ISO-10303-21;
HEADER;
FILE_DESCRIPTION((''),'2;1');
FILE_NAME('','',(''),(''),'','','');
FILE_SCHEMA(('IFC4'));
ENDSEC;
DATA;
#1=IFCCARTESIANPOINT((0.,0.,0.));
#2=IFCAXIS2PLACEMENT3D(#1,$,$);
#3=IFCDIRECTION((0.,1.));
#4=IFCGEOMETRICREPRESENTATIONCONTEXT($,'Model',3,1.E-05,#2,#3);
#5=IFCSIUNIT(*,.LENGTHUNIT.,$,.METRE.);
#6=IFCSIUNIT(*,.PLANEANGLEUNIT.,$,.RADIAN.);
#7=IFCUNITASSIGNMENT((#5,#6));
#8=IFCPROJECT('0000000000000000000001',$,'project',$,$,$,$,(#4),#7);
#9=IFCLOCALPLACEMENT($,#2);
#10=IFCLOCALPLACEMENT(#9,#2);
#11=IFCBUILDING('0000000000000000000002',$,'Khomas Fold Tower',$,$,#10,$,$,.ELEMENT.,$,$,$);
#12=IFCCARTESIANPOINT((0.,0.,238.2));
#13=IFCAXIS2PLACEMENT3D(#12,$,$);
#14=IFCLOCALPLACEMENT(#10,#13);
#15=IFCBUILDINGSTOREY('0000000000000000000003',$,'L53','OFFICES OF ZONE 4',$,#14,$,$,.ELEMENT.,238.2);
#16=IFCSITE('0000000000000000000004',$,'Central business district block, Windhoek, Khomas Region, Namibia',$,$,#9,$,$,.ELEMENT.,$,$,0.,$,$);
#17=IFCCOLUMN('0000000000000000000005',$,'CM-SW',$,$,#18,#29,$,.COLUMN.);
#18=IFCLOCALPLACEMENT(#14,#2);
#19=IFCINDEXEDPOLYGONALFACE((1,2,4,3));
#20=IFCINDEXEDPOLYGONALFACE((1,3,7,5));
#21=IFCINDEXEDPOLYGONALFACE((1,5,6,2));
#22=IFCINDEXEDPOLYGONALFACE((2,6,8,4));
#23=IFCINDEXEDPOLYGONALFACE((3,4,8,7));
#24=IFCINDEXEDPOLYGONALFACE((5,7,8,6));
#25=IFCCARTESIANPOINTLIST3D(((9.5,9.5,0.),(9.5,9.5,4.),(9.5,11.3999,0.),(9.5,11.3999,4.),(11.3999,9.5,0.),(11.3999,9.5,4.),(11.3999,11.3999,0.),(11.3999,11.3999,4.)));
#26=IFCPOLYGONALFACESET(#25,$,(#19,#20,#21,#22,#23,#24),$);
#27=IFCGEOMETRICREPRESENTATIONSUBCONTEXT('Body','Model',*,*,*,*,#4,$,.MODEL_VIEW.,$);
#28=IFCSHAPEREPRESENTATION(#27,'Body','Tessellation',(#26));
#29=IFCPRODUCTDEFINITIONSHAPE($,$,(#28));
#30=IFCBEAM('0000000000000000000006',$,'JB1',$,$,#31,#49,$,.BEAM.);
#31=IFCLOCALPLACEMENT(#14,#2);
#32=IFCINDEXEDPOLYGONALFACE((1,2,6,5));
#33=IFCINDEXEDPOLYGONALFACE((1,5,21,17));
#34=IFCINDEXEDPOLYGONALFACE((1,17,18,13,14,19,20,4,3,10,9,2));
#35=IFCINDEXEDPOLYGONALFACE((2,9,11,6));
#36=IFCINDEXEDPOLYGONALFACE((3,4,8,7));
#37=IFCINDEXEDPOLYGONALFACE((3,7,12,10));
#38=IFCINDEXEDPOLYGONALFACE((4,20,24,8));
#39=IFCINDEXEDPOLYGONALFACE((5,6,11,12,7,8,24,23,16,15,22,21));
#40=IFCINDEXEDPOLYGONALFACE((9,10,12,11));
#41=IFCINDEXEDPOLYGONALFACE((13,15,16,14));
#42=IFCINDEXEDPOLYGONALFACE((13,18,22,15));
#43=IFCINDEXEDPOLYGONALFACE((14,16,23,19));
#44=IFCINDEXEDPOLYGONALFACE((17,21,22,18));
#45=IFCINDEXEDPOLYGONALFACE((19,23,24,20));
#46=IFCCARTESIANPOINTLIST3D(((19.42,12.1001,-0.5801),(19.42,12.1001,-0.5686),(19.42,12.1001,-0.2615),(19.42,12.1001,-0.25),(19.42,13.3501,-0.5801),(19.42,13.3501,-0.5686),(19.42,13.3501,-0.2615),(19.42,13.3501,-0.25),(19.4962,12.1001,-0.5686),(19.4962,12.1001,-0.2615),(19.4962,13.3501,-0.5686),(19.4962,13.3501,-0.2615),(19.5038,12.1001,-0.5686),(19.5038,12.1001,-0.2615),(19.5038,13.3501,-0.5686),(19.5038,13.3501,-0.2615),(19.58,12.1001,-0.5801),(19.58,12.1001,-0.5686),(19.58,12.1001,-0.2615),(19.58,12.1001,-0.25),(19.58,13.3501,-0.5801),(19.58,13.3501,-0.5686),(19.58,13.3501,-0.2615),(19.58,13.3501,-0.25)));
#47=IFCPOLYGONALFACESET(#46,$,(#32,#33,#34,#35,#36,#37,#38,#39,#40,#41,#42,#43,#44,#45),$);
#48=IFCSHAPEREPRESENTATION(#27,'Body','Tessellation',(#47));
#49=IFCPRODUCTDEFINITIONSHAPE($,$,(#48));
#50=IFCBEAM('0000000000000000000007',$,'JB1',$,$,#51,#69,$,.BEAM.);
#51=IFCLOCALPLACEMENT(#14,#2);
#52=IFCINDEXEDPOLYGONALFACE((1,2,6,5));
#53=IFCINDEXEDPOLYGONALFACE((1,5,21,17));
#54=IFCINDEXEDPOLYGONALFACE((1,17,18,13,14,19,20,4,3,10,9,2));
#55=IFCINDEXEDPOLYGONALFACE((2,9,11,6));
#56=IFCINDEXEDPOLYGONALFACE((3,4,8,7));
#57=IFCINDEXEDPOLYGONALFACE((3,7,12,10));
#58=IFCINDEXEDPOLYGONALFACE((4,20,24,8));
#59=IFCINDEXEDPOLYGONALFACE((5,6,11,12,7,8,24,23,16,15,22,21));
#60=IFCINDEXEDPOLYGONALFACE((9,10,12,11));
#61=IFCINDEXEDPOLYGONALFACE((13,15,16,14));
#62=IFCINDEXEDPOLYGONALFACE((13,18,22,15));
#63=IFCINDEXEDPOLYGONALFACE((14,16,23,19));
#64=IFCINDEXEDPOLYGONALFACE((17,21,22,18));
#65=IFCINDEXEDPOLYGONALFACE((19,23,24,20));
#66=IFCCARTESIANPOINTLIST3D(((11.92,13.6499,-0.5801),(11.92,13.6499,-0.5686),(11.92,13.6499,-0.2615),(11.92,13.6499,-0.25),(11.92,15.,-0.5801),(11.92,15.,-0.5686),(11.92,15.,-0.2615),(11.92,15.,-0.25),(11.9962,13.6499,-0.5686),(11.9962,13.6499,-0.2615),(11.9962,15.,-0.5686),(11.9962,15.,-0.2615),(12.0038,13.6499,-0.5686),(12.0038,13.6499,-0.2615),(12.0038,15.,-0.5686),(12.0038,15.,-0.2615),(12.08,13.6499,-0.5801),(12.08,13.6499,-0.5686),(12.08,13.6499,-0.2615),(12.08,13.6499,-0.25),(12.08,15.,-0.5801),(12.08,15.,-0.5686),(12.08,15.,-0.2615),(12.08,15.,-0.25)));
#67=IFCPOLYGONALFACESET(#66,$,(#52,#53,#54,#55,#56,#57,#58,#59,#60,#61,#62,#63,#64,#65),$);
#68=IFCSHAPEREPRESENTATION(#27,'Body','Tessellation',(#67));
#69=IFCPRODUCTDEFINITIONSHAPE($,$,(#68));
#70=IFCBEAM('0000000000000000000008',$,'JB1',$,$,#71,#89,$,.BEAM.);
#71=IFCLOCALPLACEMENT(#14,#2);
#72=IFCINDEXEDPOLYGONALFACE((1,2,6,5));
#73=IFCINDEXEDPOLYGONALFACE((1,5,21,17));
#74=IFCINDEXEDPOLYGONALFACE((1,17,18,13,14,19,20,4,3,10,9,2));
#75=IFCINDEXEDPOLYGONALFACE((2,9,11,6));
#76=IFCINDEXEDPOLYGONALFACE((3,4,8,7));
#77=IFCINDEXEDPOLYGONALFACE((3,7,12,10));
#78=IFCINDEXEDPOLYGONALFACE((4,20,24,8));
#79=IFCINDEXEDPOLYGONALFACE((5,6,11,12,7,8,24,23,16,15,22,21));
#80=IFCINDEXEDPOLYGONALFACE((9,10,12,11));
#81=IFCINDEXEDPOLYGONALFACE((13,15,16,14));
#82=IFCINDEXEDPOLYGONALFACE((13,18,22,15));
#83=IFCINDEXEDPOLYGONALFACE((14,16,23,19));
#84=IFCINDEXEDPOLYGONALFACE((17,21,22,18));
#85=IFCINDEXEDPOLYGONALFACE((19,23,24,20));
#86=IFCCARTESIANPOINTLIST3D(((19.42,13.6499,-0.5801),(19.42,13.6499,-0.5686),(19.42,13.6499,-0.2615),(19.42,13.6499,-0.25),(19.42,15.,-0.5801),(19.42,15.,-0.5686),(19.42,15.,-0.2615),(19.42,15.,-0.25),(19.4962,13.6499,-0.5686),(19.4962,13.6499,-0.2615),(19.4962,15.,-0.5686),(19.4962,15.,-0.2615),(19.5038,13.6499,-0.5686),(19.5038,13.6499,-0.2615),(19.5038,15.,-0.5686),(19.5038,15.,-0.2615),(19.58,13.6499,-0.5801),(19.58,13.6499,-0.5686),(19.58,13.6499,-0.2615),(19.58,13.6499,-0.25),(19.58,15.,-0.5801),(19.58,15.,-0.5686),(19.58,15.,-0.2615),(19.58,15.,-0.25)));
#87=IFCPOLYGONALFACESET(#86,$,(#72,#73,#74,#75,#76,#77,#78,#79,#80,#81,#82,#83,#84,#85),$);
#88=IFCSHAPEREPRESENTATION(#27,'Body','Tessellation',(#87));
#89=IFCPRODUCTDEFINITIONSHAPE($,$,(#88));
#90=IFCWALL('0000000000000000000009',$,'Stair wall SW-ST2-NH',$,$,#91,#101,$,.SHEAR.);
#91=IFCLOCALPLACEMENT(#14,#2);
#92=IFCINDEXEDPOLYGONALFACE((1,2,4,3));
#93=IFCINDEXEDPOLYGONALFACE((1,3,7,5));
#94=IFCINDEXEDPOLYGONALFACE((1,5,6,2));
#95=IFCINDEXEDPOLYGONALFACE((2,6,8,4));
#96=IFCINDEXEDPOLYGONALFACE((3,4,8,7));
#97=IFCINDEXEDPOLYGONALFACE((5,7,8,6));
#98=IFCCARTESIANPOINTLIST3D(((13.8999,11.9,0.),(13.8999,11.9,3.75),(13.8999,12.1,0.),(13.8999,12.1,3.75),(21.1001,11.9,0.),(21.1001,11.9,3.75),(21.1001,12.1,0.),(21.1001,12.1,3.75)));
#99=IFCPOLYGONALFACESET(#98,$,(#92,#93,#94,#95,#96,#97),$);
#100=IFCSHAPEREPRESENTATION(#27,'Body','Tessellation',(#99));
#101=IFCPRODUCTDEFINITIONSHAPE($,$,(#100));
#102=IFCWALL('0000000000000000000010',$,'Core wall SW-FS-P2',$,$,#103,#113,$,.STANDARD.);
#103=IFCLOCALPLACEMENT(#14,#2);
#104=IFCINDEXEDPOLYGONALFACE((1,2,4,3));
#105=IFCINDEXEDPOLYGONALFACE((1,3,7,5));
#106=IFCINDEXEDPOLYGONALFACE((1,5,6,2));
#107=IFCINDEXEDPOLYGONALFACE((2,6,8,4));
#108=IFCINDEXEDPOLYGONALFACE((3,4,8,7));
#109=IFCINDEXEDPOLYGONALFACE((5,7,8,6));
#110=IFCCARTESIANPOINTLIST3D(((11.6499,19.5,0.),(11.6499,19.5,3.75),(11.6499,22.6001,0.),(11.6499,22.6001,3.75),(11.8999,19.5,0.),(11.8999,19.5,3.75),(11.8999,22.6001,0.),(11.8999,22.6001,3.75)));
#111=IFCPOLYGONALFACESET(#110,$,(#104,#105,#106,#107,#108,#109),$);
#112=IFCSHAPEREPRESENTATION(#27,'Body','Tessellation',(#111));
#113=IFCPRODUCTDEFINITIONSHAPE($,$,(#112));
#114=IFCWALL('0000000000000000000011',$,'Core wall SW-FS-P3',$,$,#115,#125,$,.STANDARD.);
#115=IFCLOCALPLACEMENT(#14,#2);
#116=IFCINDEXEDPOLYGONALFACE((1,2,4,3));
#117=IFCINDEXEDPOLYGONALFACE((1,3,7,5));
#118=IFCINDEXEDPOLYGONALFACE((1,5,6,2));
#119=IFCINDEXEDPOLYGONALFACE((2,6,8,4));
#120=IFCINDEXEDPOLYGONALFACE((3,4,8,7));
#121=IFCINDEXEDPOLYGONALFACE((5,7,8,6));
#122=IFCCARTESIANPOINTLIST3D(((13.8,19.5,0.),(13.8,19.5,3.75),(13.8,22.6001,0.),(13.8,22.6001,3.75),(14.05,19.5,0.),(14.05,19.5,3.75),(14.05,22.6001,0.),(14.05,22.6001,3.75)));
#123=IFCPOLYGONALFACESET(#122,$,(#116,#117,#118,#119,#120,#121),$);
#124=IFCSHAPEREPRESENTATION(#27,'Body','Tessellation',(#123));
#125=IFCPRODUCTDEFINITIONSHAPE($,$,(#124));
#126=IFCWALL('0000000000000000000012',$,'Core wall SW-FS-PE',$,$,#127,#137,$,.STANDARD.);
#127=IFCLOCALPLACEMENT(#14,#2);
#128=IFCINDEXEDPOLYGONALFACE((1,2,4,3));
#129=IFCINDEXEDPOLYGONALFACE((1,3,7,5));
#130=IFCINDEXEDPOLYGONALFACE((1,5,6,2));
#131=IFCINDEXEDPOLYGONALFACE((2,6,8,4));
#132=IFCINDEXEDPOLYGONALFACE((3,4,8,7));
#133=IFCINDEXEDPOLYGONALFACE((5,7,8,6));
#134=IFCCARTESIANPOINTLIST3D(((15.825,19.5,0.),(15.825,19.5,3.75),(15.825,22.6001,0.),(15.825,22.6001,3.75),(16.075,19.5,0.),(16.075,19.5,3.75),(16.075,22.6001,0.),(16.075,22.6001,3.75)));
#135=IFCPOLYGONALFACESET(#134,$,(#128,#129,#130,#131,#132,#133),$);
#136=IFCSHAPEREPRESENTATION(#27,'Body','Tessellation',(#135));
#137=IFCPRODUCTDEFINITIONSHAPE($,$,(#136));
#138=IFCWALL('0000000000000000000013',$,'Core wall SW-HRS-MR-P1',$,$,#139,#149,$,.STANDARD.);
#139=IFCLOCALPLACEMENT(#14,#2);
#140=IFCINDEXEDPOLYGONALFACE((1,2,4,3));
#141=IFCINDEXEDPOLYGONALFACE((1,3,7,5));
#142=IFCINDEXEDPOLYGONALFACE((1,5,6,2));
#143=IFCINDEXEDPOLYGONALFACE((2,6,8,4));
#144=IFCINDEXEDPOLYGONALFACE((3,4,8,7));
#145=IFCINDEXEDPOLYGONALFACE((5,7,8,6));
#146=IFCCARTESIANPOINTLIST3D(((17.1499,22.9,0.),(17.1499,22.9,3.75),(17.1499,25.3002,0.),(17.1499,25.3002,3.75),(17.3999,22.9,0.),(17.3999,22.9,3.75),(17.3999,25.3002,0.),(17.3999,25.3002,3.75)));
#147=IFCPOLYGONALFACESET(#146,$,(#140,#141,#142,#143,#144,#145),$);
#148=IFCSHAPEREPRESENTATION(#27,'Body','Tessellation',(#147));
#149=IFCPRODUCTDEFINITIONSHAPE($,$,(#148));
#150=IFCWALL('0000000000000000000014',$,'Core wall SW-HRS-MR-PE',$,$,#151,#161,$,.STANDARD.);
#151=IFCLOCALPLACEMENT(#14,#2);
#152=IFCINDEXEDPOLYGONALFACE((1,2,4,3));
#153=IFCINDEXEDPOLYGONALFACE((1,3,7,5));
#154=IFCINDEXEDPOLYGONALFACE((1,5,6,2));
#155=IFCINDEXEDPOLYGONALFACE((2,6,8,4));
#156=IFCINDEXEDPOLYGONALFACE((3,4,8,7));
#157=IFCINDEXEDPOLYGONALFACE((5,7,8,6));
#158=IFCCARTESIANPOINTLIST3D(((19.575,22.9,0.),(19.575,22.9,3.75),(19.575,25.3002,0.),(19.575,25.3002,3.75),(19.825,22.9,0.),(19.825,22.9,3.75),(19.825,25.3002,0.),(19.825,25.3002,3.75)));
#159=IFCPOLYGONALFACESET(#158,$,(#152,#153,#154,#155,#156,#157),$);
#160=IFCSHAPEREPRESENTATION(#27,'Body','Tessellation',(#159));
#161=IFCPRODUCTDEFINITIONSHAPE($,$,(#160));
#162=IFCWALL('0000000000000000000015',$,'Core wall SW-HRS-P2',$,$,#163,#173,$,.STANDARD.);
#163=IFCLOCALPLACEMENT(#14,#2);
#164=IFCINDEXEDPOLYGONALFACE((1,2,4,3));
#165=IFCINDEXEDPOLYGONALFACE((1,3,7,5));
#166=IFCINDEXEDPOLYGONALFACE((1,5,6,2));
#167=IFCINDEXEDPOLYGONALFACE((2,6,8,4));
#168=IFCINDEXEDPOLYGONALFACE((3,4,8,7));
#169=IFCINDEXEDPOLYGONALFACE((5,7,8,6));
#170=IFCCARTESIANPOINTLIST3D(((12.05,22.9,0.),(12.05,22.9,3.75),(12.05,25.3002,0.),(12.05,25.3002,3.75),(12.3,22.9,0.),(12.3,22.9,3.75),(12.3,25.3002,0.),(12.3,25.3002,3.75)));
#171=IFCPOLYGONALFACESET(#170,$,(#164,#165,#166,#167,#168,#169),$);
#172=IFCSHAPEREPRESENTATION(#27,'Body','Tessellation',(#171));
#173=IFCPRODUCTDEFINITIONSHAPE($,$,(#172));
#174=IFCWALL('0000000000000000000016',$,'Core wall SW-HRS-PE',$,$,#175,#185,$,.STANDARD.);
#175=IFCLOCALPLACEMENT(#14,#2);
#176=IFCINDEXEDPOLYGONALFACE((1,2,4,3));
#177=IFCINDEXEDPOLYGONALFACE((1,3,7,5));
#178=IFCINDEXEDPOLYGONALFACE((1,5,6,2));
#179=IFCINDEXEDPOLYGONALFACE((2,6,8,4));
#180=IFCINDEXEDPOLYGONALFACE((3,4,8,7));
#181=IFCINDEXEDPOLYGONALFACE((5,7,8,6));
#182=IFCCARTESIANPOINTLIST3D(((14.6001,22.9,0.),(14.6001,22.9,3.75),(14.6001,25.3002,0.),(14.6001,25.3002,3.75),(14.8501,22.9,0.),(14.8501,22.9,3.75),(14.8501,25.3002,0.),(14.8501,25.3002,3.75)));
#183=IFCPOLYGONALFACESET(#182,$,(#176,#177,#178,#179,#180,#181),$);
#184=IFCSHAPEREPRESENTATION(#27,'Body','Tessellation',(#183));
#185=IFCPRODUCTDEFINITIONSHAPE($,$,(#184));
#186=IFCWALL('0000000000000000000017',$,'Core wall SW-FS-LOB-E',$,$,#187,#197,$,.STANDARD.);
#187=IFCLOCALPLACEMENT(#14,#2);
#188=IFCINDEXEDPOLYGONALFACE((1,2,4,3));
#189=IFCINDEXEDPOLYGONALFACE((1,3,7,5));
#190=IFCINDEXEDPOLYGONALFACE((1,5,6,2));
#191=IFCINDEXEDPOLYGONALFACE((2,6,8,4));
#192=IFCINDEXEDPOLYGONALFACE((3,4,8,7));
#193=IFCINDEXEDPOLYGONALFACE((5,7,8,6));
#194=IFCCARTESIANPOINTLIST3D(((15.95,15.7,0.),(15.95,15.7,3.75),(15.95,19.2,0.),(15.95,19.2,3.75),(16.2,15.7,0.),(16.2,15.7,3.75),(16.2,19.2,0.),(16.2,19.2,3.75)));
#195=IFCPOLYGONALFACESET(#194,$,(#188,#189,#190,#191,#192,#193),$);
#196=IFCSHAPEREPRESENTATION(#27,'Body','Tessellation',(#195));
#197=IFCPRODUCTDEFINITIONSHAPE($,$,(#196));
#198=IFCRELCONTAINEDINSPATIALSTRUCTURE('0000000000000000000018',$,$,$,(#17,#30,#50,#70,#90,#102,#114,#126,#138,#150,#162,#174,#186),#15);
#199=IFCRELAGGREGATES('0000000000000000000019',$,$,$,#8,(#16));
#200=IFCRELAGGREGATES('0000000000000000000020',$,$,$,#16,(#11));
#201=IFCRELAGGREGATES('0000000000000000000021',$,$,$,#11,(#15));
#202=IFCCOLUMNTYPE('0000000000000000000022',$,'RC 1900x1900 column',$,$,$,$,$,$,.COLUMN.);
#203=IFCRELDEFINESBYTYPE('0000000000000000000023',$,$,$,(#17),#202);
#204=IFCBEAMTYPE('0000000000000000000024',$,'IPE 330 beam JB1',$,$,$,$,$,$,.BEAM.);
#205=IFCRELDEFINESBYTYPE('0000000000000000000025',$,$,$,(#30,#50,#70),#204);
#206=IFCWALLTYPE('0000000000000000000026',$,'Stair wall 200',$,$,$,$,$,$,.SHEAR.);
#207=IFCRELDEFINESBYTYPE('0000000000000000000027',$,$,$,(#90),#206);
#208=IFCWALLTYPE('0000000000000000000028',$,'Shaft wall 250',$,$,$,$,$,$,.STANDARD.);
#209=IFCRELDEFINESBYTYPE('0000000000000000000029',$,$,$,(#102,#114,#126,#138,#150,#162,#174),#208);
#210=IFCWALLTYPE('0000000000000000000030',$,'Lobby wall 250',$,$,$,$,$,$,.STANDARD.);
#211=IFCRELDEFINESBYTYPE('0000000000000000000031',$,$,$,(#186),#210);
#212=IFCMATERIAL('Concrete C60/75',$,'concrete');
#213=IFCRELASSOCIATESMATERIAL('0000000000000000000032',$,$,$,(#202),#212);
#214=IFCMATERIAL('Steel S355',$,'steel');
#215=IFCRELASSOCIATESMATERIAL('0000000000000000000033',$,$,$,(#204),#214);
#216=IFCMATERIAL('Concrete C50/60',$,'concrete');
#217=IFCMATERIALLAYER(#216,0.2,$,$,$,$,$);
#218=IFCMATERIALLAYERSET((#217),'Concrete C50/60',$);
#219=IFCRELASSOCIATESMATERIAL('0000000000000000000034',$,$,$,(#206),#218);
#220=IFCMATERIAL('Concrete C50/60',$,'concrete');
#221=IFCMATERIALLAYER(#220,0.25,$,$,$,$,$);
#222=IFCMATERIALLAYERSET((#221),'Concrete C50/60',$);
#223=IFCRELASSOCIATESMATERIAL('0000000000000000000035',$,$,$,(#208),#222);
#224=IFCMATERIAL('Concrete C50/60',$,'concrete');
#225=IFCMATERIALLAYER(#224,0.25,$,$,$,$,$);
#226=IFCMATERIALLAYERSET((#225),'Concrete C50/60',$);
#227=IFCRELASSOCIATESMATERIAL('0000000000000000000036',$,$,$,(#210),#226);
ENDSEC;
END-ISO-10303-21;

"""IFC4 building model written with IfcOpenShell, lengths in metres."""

from ifc_helpers import new_model, si_unit, direction, frame, frame_2d, origin, origin_2d, place, context, subcontext, project, spatial, rectangle, i_section, extrude, source, transform, mapped, material, layer, layer_set, material_profile, profile_set, type_object, element, save


model = new_model("IFC4")

# Units and contexts
model_context = context("Model", 3, precision=1e-05, world=origin(), true_north=direction((0.0, 1.0)))
body_context = subcontext(model_context, "Body", "Model", "MODEL_VIEW")
ifc_project = project(units=[si_unit("LENGTHUNIT", "METRE"), si_unit("PLANEANGLEUNIT", "RADIAN")], contexts=[model_context])

# Site, building, storey
site_placement = place(None, origin())
site = spatial("IfcSite", under=ifc_project, at=site_placement, Name="Central business district block, Windhoek, Khomas Region, Namibia", CompositionType="ELEMENT", RefElevation=0.0)
building_placement = place(site_placement, origin())
building = spatial("IfcBuilding", under=site, at=building_placement, Name="Khomas Fold Tower", CompositionType="ELEMENT")
storey_placement = place(building_placement, frame((0.0, 0.0, 238.2)))
storey = spatial("IfcBuildingStorey", under=building, at=storey_placement, Name="L53", Description="OFFICES OF ZONE 4", CompositionType="ELEMENT", Elevation=238.2)

# Column
ifc_material_1 = material(Name="Concrete C60/75", Category="concrete")
ifc_material_profile_1 = material_profile(ifc_material_1, rectangle(XDim=1.8999, YDim=1.8999, at=origin_2d()), Name="RC 1900x1900")
ifc_profile_set_1 = profile_set([ifc_material_profile_1], Name="Concrete C60/75")
column_type = type_object("IfcColumnType", Name="RC 1900x1900 column", PredefinedType="COLUMN", material=ifc_profile_set_1)
shared_shape_1 = source(origin(), body_context, "Body", "SweptSolid", [
    extrude(rectangle(XDim=1.8999, YDim=1.8999, at=origin_2d()), origin(), (0.0, 0.0, 1.0), 4.0),
])
column_placement = place(storey_placement, frame((10.45, 10.45, 0.0), z_axis=(0.0, 0.0, 1.0), x_axis=(1.0, 0.0, 0.0)))
element("IfcColumn", 1, at=column_placement, inside=storey, type_object=column_type, Name="CM-SW", PredefinedType="COLUMN", context=body_context, shape_type="MappedRepresentation", body=[
    mapped(shared_shape_1, transform((0.0, 0.0, 0.0))),
])

# Beams
ifc_material_2 = material(Name="Steel S355", Category="steel")
ifc_material_profile_2 = material_profile(ifc_material_2, i_section(OverallWidth=0.1599, OverallDepth=0.3301, WebThickness=0.0076, FlangeThickness=0.0115, at=origin_2d()), Name="IPE 330")
ifc_profile_set_2 = profile_set([ifc_material_profile_2], Name="Steel S355")
beam_type = type_object("IfcBeamType", Name="IPE 330 beam JB1", PredefinedType="BEAM", material=ifc_profile_set_2)
shared_shape_2 = source(origin(), body_context, "Body", "SweptSolid", [
    extrude(i_section(OverallWidth=0.1599, OverallDepth=0.3301, WebThickness=0.0076, FlangeThickness=0.0115, at=origin_2d()), origin(), (0.0, 0.0, 1.0), 1.25),
])
beam_placement = place(storey_placement, frame((19.5, 12.1001, -0.415), z_axis=(0.0, 1.0, 0.0), x_axis=(-1.0, 0.0, 0.0)))
element("IfcBeam", 2, at=beam_placement, inside=storey, type_object=beam_type, Name="JB1", PredefinedType="BEAM", context=body_context, shape_type="MappedRepresentation", body=[
    mapped(shared_shape_2, transform((0.0, 0.0, 0.0))),
])
shared_shape_3 = source(origin(), body_context, "Body", "SweptSolid", [
    extrude(i_section(OverallWidth=0.1599, OverallDepth=0.3301, WebThickness=0.0076, FlangeThickness=0.0115, at=origin_2d()), origin(), (0.0, 0.0, 1.0), 1.3501),
])
for number, where, z_axis, x_axis, name in (
    (3, (12.0, 13.6499, -0.415), (0.0, 1.0, 0.0), (-1.0, 0.0, 0.0), "JB1"),
    (4, (19.5, 13.6499, -0.415), (0.0, 1.0, 0.0), (-1.0, 0.0, 0.0), "JB1"),
):
    element("IfcBeam", number, at=place(storey_placement, frame(where, z_axis=z_axis, x_axis=x_axis)), inside=storey, type_object=beam_type, Name=name, PredefinedType="BEAM", context=body_context, shape_type="MappedRepresentation", body=[
        mapped(shared_shape_3, transform((0.0, 0.0, 0.0))),
    ])

# Walls
ifc_material_3 = material(Name="Concrete C50/60", Category="concrete")
ifc_layer_1 = layer(ifc_material_3, 0.2)
ifc_layer_set_1 = layer_set([ifc_layer_1], Name="Concrete C50/60")
wall_type_1 = type_object("IfcWallType", Name="Stair wall 200", PredefinedType="SHEAR", material=ifc_layer_set_1)
shared_shape_4 = source(origin(), body_context, "Body", "SweptSolid", [
    extrude(rectangle(XDim=7.2002, YDim=0.2, at=frame_2d((3.6001, 0.0))), origin(), (0.0, 0.0, 1.0), 3.75),
])
wall_1_placement = place(storey_placement, frame((13.8999, 12.0, 0.0), z_axis=(0.0, 0.0, 1.0), x_axis=(1.0, 0.0, 0.0)))
element("IfcWall", 5, at=wall_1_placement, inside=storey, type_object=wall_type_1, Name="Stair wall SW-ST2-NH", PredefinedType="SHEAR", context=body_context, shape_type="MappedRepresentation", body=[
    mapped(shared_shape_4, transform((0.0, 0.0, 0.0))),
])
ifc_material_4 = material(Name="Concrete C50/60", Category="concrete")
ifc_layer_2 = layer(ifc_material_4, 0.25)
ifc_layer_set_2 = layer_set([ifc_layer_2], Name="Concrete C50/60")
wall_type_2 = type_object("IfcWallType", Name="Shaft wall 250", PredefinedType="STANDARD", material=ifc_layer_set_2)
shared_shape_5 = source(origin(), body_context, "Body", "SweptSolid", [
    extrude(rectangle(XDim=3.1001, YDim=0.25, at=frame_2d((1.55, 0.0))), origin(), (0.0, 0.0, 1.0), 3.75),
])
for number, where, z_axis, x_axis, name in (
    (6, (11.7749, 19.5, 0.0), (0.0, 0.0, 1.0), (0.0, 1.0, 0.0), "Core wall SW-FS-P2"),
    (7, (13.925, 19.5, 0.0), (0.0, 0.0, 1.0), (0.0, 1.0, 0.0), "Core wall SW-FS-P3"),
    (8, (15.95, 19.5, 0.0), (0.0, 0.0, 1.0), (0.0, 1.0, 0.0), "Core wall SW-FS-PE"),
):
    element("IfcWall", number, at=place(storey_placement, frame(where, z_axis=z_axis, x_axis=x_axis)), inside=storey, type_object=wall_type_2, Name=name, PredefinedType="STANDARD", context=body_context, shape_type="MappedRepresentation", body=[
        mapped(shared_shape_5, transform((0.0, 0.0, 0.0))),
    ])
shared_shape_6 = source(origin(), body_context, "Body", "SweptSolid", [
    extrude(rectangle(XDim=2.4001, YDim=0.25, at=frame_2d((1.2002, 0.0))), origin(), (0.0, 0.0, 1.0), 3.75),
])
for number, where, z_axis, x_axis, name in (
    (9, (17.2749, 22.8999, 0.0), (0.0, 0.0, 1.0), (0.0, 1.0, 0.0), "Core wall SW-HRS-MR-P1"),
    (10, (19.7, 22.8999, 0.0), (0.0, 0.0, 1.0), (0.0, 1.0, 0.0), "Core wall SW-HRS-MR-PE"),
    (11, (12.175, 22.8999, 0.0), (0.0, 0.0, 1.0), (0.0, 1.0, 0.0), "Core wall SW-HRS-P2"),
    (12, (14.7251, 22.8999, 0.0), (0.0, 0.0, 1.0), (0.0, 1.0, 0.0), "Core wall SW-HRS-PE"),
):
    element("IfcWall", number, at=place(storey_placement, frame(where, z_axis=z_axis, x_axis=x_axis)), inside=storey, type_object=wall_type_2, Name=name, PredefinedType="STANDARD", context=body_context, shape_type="MappedRepresentation", body=[
        mapped(shared_shape_6, transform((0.0, 0.0, 0.0))),
    ])
ifc_material_5 = material(Name="Concrete C50/60", Category="concrete")
ifc_layer_3 = layer(ifc_material_5, 0.25)
ifc_layer_set_3 = layer_set([ifc_layer_3], Name="Concrete C50/60")
wall_type_3 = type_object("IfcWallType", Name="Lobby wall 250", PredefinedType="STANDARD", material=ifc_layer_set_3)
shared_shape_7 = source(origin(), body_context, "Body", "SweptSolid", [
    extrude(rectangle(XDim=3.5, YDim=0.25, at=frame_2d((1.75, 0.0))), origin(), (0.0, 0.0, 1.0), 3.75),
])
for number, where, z_axis, x_axis, name in (
    (13, (16.075, 15.7, 0.0), (0.0, 0.0, 1.0), (0.0, 1.0, 0.0), "Core wall SW-FS-LOB-E"),
):
    element("IfcWall", number, at=place(storey_placement, frame(where, z_axis=z_axis, x_axis=x_axis)), inside=storey, type_object=wall_type_3, Name=name, PredefinedType="STANDARD", context=body_context, shape_type="MappedRepresentation", body=[
        mapped(shared_shape_7, transform((0.0, 0.0, 0.0))),
    ])

save(model, "model.ifc")
